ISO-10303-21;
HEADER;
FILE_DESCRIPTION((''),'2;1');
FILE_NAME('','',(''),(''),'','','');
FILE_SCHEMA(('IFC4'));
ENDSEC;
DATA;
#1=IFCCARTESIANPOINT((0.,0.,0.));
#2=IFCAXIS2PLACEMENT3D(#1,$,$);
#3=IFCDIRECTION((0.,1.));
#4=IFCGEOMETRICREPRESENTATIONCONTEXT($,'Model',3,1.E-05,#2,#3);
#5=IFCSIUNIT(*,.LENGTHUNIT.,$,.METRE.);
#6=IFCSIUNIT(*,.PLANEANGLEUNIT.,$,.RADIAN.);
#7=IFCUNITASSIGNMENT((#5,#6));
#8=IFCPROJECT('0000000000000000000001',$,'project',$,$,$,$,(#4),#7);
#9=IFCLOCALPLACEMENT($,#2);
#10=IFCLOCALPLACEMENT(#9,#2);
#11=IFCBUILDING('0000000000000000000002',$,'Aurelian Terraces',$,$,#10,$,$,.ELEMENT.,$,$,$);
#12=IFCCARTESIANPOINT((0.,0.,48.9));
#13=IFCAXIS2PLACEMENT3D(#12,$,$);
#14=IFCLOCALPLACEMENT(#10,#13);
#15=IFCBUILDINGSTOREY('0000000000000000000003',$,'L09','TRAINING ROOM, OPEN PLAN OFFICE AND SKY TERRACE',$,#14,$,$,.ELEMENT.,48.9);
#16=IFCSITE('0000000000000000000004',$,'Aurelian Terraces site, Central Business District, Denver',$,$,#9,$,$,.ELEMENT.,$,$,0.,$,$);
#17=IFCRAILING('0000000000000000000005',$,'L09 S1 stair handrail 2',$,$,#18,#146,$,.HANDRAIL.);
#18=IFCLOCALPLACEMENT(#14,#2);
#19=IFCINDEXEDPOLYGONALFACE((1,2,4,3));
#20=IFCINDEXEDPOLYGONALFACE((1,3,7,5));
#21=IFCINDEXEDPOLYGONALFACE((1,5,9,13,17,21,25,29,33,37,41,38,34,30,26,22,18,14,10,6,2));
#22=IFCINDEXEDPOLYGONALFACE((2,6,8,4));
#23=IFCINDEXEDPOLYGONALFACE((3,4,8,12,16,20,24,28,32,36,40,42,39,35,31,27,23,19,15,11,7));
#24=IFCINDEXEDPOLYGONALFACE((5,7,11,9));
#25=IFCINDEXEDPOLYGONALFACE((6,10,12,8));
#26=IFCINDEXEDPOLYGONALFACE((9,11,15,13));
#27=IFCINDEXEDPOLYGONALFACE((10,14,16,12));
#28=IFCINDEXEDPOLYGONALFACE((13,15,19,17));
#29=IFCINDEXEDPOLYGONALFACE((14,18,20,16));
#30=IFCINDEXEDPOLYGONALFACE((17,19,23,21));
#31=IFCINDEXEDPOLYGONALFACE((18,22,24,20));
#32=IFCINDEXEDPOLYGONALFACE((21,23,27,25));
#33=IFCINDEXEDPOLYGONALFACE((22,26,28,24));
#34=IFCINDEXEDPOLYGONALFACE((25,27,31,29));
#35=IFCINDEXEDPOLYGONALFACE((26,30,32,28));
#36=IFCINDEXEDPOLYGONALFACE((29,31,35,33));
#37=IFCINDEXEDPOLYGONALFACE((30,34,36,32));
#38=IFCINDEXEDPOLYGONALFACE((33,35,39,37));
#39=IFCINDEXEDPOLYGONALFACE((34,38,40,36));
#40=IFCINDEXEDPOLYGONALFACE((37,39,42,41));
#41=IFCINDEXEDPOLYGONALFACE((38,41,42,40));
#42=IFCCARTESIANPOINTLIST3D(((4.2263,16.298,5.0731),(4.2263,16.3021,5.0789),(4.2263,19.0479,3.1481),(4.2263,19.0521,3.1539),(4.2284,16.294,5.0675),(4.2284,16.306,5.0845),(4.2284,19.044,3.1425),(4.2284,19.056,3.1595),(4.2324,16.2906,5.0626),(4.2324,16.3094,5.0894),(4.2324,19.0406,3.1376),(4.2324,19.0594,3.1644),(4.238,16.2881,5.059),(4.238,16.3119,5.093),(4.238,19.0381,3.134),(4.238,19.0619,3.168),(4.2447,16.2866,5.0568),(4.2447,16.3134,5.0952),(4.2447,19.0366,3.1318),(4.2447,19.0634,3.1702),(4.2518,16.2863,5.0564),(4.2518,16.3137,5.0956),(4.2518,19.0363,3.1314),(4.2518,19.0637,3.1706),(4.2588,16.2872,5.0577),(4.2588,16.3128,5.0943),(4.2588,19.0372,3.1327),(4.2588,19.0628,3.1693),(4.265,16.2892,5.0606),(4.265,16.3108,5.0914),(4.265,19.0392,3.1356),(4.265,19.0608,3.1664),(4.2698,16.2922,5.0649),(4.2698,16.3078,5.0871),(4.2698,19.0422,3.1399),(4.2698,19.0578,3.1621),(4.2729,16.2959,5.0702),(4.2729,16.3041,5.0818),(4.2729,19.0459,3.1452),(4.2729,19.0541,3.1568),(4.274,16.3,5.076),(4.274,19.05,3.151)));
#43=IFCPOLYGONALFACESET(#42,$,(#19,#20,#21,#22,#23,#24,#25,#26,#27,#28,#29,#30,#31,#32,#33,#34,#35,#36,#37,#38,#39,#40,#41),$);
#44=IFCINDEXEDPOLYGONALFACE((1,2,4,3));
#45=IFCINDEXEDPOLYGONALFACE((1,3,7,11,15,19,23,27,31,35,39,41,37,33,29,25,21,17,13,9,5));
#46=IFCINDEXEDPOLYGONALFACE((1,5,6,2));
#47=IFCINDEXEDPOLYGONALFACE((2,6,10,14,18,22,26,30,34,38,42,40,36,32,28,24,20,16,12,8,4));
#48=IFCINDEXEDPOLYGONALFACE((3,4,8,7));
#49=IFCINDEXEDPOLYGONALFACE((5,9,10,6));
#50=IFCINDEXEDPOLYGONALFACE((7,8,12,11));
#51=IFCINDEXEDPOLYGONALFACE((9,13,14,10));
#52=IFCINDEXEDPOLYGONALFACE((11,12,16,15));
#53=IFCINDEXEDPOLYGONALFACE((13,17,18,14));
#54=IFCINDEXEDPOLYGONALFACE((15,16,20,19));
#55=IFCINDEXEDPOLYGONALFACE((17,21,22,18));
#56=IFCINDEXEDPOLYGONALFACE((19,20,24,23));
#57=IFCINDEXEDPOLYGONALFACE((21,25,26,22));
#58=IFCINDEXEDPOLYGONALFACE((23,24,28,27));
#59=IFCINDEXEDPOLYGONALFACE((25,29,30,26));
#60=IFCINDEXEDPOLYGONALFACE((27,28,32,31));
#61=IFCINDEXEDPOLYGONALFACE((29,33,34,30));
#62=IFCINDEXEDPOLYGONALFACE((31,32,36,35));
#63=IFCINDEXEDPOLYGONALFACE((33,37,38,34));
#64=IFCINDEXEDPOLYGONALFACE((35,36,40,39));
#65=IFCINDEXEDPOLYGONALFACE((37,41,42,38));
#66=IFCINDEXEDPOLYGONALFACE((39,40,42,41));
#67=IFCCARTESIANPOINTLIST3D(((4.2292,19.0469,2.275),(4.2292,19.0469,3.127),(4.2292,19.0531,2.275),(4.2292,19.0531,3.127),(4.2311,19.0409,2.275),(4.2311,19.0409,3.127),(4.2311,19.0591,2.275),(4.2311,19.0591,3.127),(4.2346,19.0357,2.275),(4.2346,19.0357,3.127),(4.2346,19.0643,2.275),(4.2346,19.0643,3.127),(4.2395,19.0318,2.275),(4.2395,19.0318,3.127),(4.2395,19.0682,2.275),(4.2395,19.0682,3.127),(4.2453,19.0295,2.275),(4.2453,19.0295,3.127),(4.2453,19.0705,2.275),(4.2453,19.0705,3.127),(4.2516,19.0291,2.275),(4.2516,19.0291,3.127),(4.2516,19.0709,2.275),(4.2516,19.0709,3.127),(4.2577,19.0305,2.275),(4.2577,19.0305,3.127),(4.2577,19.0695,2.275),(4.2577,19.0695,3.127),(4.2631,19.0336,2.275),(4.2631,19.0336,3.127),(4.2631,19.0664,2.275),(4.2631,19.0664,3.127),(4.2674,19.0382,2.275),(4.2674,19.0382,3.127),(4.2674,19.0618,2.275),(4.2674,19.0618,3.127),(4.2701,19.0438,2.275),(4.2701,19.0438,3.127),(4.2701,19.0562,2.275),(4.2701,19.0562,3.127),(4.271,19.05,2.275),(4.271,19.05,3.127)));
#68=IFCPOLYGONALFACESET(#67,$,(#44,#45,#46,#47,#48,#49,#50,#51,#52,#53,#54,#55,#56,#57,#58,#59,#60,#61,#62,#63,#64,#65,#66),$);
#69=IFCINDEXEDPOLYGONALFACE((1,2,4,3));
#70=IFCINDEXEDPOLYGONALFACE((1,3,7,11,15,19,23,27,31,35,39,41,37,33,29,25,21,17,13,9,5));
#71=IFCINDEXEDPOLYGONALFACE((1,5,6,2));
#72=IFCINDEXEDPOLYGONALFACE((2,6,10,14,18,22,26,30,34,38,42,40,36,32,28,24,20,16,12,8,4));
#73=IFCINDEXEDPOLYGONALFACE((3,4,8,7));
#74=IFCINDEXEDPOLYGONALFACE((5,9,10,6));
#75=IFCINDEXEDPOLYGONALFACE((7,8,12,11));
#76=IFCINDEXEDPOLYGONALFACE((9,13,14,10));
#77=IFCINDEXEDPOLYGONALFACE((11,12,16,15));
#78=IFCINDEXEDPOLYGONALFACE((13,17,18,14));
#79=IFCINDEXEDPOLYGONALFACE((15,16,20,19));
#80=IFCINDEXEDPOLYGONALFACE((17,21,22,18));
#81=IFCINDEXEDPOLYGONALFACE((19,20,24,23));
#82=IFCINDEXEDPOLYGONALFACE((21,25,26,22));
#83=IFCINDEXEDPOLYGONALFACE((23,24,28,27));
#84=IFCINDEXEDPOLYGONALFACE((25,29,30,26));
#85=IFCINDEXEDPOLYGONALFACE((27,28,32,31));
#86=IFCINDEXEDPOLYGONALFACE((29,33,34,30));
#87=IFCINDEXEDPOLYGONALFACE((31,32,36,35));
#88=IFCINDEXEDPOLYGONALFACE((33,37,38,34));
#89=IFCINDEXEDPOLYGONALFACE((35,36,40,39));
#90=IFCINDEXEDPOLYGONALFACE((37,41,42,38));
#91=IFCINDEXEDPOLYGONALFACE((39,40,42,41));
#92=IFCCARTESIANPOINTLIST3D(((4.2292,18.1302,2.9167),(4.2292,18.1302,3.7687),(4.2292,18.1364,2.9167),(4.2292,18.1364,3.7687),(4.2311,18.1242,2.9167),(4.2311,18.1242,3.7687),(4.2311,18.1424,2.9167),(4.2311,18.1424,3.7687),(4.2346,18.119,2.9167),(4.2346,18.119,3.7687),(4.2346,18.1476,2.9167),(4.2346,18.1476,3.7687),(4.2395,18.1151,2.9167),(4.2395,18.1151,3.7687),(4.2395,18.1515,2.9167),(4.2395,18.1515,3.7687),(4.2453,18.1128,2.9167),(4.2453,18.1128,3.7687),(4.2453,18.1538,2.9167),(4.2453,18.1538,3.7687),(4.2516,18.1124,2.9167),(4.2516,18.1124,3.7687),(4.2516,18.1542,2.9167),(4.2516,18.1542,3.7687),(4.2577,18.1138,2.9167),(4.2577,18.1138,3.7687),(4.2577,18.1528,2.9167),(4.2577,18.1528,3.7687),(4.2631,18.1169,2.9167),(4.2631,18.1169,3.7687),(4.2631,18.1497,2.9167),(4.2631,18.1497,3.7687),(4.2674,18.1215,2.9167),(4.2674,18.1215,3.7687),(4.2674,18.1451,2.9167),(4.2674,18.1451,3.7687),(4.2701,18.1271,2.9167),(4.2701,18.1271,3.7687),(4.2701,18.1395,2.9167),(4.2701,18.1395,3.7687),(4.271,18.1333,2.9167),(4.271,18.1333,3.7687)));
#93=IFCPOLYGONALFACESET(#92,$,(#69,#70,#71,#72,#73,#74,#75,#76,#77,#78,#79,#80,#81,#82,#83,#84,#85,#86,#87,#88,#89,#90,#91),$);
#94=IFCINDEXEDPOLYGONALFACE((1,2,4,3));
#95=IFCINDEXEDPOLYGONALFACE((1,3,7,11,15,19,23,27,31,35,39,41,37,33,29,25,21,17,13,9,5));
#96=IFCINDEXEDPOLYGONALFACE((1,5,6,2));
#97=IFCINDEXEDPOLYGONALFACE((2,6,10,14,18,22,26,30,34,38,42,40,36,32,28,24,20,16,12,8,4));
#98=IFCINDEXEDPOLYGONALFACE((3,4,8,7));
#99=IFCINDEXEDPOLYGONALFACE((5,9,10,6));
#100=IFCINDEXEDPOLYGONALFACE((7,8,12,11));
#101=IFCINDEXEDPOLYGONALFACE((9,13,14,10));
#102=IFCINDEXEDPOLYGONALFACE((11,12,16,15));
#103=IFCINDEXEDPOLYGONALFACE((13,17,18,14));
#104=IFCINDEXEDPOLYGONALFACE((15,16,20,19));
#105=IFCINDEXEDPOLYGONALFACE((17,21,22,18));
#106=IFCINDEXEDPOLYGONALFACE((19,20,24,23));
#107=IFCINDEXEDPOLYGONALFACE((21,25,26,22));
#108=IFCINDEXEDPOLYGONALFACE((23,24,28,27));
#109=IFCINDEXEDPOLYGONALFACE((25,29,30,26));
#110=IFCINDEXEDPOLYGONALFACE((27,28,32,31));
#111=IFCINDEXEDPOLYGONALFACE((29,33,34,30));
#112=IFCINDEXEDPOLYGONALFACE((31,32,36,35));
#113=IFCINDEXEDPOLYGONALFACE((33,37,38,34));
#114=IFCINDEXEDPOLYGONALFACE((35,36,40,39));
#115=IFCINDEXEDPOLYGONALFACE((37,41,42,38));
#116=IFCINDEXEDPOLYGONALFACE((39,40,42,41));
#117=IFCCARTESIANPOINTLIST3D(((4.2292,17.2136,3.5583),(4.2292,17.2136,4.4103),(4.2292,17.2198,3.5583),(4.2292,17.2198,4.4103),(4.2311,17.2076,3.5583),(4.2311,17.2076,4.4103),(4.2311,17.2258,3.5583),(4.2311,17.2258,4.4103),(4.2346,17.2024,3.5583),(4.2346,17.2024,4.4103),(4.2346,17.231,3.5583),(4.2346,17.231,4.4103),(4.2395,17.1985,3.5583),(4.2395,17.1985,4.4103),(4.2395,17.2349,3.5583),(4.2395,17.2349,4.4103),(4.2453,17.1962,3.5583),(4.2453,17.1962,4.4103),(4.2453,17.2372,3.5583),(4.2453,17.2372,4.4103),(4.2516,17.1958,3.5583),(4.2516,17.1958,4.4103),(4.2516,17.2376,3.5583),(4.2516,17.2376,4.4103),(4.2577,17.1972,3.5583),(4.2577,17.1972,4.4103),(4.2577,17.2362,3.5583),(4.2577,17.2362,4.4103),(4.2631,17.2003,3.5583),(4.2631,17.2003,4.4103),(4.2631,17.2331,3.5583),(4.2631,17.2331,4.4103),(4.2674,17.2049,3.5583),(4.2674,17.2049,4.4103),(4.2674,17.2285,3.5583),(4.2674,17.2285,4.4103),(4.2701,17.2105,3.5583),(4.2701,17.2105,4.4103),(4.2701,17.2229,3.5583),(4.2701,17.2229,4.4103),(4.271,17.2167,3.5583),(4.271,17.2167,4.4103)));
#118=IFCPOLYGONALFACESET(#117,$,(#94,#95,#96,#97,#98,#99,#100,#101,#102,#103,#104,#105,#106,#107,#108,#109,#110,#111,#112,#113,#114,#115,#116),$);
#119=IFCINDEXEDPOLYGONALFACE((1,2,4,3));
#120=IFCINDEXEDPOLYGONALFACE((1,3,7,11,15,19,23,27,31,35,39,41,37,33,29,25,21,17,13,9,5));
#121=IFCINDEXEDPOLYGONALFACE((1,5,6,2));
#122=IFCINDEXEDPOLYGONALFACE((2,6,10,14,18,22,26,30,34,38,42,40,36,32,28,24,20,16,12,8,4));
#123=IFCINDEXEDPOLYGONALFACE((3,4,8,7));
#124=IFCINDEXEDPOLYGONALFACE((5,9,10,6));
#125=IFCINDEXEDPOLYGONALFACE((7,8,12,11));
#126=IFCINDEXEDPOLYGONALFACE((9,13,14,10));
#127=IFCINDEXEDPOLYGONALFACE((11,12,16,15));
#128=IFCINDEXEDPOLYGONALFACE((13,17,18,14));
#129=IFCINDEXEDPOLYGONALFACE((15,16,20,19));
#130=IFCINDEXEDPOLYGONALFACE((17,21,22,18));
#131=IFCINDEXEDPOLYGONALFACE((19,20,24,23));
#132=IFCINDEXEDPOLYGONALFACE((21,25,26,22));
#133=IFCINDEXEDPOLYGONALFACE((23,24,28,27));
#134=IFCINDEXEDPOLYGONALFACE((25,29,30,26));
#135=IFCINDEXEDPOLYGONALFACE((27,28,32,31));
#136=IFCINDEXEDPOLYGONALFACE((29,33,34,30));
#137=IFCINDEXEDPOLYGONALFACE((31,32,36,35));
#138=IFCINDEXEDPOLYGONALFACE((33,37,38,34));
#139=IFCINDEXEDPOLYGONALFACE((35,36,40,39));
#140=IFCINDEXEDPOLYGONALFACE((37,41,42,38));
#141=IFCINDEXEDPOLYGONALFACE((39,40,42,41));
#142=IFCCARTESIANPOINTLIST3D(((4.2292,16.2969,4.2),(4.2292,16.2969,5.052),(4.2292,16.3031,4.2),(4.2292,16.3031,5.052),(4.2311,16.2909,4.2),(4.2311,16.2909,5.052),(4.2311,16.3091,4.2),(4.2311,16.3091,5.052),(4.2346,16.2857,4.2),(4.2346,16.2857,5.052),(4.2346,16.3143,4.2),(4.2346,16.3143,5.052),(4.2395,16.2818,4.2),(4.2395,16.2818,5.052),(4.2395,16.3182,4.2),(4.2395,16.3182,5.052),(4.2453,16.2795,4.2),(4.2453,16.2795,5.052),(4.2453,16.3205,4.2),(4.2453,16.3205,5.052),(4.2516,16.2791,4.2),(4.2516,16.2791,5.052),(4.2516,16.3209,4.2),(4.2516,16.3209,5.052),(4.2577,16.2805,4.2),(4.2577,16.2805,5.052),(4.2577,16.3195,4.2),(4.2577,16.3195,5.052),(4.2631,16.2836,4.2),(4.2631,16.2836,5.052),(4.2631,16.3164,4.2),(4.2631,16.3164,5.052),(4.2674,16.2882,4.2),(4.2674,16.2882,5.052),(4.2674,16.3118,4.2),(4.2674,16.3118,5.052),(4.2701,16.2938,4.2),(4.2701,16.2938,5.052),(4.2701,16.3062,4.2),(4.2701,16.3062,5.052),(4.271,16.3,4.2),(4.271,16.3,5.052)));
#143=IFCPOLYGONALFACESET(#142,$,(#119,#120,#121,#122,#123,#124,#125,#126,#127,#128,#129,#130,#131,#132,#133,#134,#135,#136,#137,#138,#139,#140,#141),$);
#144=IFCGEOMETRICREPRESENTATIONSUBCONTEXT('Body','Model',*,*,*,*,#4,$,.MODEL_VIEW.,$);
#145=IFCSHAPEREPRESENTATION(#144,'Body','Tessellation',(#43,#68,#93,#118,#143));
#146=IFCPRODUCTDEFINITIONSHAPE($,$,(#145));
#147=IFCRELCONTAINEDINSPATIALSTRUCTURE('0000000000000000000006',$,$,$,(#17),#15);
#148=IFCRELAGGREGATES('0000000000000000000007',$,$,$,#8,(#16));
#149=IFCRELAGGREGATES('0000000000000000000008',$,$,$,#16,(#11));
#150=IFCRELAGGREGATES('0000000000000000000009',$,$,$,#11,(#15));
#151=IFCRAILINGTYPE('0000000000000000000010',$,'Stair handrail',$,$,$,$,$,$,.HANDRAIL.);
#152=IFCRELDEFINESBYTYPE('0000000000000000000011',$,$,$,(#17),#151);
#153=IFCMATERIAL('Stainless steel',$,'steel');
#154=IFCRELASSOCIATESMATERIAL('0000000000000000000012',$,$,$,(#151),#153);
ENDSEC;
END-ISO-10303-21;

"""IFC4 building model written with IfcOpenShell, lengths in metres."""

from ifc_helpers import new_model, si_unit, direction, frame, origin, origin_2d, place, context, subcontext, project, spatial, circle, extrude, source, transform, mapped, material, type_object, element, save


model = new_model("IFC4")

# Units and contexts
model_context = context("Model", 3, precision=1e-05, world=origin(), true_north=direction((0.0, 1.0)))
body_context = subcontext(model_context, "Body", "Model", "MODEL_VIEW")
ifc_project = project(units=[si_unit("LENGTHUNIT", "METRE"), si_unit("PLANEANGLEUNIT", "RADIAN")], contexts=[model_context])

# Site, building, storey
site_placement = place(None, origin())
site = spatial("IfcSite", under=ifc_project, at=site_placement, Name="Aurelian Terraces site, Central Business District, Denver", CompositionType="ELEMENT", RefElevation=0.0)
building_placement = place(site_placement, origin())
building = spatial("IfcBuilding", under=site, at=building_placement, Name="Aurelian Terraces", CompositionType="ELEMENT")
storey_placement = place(building_placement, frame((0.0, 0.0, 48.9)))
storey = spatial("IfcBuildingStorey", under=building, at=storey_placement, Name="L09", Description="TRAINING ROOM, OPEN PLAN OFFICE AND SKY TERRACE", CompositionType="ELEMENT", Elevation=48.9)

# Railing
ifc_material_1 = material(Name="Stainless steel", Category="steel")
railing_type_1 = type_object("IfcRailingType", Name="Stair handrail", PredefinedType="HANDRAIL", material=ifc_material_1)
shared_shape_1 = source(origin(), body_context, "Body", "SweptSolid", [
    extrude(circle(Radius=0.024, at=origin_2d()), frame((0.0, 0.0, 0.876), z_axis=(0.0, -0.819232, 0.573462), x_axis=(1.0, 0.0, 0.0)), (0.0, 0.0, 1.0), 3.3568),
    extrude(circle(Radius=0.021, at=origin_2d()), origin(), (0.0, 0.0, 1.0), 0.852),
    extrude(circle(Radius=0.021, at=origin_2d()), frame((0.0, -0.9167, 0.6417)), (0.0, 0.0, 1.0), 0.852),
    extrude(circle(Radius=0.021, at=origin_2d()), frame((0.0, -1.8333, 1.2833)), (0.0, 0.0, 1.0), 0.852),
    extrude(circle(Radius=0.021, at=origin_2d()), frame((0.0, -2.75, 1.925)), (0.0, 0.0, 1.0), 0.852),
])
railing_1_placement = place(storey_placement, frame((4.25, 19.05, 2.275)))
element("IfcRailing", 1, at=railing_1_placement, inside=storey, type_object=railing_type_1, Name="L09 S1 stair handrail 2", PredefinedType="HANDRAIL", context=body_context, shape_type="MappedRepresentation", body=[
    mapped(shared_shape_1, transform((0.0, 0.0, 0.0), scale=1.0)),
])

save(model, "model.ifc")
